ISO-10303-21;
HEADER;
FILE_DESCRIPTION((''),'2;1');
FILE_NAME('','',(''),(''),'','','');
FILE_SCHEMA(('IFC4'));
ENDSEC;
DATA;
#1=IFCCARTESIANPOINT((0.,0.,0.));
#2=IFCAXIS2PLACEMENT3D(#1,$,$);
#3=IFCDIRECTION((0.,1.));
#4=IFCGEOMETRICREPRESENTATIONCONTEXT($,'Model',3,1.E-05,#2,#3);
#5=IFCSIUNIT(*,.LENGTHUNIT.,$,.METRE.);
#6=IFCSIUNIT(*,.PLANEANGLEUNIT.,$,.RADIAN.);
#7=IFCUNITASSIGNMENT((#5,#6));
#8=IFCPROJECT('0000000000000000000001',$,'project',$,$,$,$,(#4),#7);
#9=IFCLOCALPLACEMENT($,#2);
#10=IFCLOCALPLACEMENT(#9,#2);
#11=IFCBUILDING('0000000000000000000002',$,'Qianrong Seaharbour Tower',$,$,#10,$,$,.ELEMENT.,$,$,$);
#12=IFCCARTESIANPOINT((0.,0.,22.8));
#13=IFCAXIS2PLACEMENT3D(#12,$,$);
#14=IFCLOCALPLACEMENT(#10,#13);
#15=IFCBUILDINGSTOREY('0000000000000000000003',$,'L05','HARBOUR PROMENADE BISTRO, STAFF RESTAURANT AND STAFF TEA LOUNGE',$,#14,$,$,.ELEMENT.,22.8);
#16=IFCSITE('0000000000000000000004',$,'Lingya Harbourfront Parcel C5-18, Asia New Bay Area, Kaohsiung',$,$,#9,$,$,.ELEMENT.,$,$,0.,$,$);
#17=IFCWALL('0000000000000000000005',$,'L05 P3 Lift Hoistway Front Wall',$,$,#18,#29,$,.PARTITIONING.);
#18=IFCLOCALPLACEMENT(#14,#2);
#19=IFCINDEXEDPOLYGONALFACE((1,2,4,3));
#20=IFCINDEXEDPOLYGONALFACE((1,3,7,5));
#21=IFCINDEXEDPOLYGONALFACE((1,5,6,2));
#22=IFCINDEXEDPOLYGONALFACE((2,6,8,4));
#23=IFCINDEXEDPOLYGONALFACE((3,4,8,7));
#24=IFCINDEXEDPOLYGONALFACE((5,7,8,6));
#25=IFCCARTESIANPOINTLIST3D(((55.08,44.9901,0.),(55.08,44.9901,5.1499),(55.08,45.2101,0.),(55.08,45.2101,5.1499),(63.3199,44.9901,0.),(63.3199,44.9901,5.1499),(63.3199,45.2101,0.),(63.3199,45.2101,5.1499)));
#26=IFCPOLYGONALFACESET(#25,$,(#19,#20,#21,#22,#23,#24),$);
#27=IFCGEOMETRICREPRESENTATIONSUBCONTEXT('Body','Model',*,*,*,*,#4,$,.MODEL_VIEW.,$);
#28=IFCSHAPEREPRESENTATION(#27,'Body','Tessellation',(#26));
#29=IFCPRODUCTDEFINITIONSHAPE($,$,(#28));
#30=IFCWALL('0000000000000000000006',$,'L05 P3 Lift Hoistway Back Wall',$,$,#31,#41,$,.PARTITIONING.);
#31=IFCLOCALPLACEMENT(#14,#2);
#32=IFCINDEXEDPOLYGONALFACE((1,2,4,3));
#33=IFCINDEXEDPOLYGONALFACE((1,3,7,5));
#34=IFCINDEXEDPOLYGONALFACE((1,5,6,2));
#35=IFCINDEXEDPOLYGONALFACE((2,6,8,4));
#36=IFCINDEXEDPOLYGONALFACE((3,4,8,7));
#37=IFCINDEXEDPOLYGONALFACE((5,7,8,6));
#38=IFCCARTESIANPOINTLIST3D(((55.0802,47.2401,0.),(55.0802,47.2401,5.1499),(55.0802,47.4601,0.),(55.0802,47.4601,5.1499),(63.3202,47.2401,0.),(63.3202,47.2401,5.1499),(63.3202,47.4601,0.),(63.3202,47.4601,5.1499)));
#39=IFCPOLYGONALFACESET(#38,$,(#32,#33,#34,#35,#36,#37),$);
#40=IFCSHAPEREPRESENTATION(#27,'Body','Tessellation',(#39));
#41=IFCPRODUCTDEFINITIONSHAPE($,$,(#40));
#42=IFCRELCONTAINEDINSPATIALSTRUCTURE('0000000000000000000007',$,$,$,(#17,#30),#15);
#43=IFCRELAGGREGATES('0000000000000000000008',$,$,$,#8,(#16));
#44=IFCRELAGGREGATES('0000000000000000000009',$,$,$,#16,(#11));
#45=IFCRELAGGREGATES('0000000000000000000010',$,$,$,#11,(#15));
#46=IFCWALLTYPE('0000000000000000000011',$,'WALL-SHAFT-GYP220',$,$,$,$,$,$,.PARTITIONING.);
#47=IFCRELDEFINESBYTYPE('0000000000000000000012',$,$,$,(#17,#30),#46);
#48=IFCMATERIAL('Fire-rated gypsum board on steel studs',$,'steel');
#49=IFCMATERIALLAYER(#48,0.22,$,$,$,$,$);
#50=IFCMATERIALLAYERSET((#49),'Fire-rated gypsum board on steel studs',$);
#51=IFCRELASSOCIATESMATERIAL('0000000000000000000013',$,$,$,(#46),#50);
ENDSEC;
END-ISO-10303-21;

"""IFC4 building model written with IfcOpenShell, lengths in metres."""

from ifc_helpers import new_model, si_unit, direction, frame, frame_2d, origin, place, context, subcontext, project, spatial, rectangle, extrude, material, layer, layer_set, type_object, element, save


model = new_model("IFC4")

# Units and contexts
model_context = context("Model", 3, precision=1e-05, world=origin(), true_north=direction((0.0, 1.0)))
body_context = subcontext(model_context, "Body", "Model", "MODEL_VIEW")
ifc_project = project(units=[si_unit("LENGTHUNIT", "METRE"), si_unit("PLANEANGLEUNIT", "RADIAN")], contexts=[model_context])

# Site, building, storey
site_placement = place(None, origin())
site = spatial("IfcSite", under=ifc_project, at=site_placement, Name="Lingya Harbourfront Parcel C5-18, Asia New Bay Area, Kaohsiung", CompositionType="ELEMENT", RefElevation=0.0)
building_placement = place(site_placement, origin())
building = spatial("IfcBuilding", under=site, at=building_placement, Name="Qianrong Seaharbour Tower", CompositionType="ELEMENT")
storey_placement = place(building_placement, frame((0.0, 0.0, 22.8)))
storey = spatial("IfcBuildingStorey", under=building, at=storey_placement, Name="L05", Description="HARBOUR PROMENADE BISTRO, STAFF RESTAURANT AND STAFF TEA LOUNGE", CompositionType="ELEMENT", Elevation=22.8)

# Shared definitions
ifc_material_1 = material(Name="Fire-rated gypsum board on steel studs", Category="steel")

# Shared definitions
ifc_layer_1 = layer(ifc_material_1, 0.22)
ifc_layer_set_1 = layer_set([ifc_layer_1], Name="Fire-rated gypsum board on steel studs")
wall_type_1 = type_object("IfcWallType", Name="WALL-SHAFT-GYP220", PredefinedType="PARTITIONING", material=ifc_layer_set_1)

# Walls
for number, where, z_axis, x_axis, name in (
    (1, (63.3201, 45.1001, 0.0), (0.0, 0.0, 1.0), (-1.0, 0.0, 0.0), "L05 P3 Lift Hoistway Front Wall"),
    (2, (55.0801, 47.3501, 0.0), (0.0, 0.0, 1.0), (1.0, 0.0, 0.0), "L05 P3 Lift Hoistway Back Wall"),
):
    element("IfcWall", number, at=place(storey_placement, frame(where, z_axis=z_axis, x_axis=x_axis)), inside=storey, type_object=wall_type_1, Name=name, PredefinedType="PARTITIONING", context=body_context, shape_type="SweptSolid", body=[
        extrude(rectangle(XDim=8.24, YDim=0.22, at=frame_2d((4.1201, 0.0))), origin(), (0.0, 0.0, 1.0), 5.1499),
    ])

save(model, "model.ifc")
